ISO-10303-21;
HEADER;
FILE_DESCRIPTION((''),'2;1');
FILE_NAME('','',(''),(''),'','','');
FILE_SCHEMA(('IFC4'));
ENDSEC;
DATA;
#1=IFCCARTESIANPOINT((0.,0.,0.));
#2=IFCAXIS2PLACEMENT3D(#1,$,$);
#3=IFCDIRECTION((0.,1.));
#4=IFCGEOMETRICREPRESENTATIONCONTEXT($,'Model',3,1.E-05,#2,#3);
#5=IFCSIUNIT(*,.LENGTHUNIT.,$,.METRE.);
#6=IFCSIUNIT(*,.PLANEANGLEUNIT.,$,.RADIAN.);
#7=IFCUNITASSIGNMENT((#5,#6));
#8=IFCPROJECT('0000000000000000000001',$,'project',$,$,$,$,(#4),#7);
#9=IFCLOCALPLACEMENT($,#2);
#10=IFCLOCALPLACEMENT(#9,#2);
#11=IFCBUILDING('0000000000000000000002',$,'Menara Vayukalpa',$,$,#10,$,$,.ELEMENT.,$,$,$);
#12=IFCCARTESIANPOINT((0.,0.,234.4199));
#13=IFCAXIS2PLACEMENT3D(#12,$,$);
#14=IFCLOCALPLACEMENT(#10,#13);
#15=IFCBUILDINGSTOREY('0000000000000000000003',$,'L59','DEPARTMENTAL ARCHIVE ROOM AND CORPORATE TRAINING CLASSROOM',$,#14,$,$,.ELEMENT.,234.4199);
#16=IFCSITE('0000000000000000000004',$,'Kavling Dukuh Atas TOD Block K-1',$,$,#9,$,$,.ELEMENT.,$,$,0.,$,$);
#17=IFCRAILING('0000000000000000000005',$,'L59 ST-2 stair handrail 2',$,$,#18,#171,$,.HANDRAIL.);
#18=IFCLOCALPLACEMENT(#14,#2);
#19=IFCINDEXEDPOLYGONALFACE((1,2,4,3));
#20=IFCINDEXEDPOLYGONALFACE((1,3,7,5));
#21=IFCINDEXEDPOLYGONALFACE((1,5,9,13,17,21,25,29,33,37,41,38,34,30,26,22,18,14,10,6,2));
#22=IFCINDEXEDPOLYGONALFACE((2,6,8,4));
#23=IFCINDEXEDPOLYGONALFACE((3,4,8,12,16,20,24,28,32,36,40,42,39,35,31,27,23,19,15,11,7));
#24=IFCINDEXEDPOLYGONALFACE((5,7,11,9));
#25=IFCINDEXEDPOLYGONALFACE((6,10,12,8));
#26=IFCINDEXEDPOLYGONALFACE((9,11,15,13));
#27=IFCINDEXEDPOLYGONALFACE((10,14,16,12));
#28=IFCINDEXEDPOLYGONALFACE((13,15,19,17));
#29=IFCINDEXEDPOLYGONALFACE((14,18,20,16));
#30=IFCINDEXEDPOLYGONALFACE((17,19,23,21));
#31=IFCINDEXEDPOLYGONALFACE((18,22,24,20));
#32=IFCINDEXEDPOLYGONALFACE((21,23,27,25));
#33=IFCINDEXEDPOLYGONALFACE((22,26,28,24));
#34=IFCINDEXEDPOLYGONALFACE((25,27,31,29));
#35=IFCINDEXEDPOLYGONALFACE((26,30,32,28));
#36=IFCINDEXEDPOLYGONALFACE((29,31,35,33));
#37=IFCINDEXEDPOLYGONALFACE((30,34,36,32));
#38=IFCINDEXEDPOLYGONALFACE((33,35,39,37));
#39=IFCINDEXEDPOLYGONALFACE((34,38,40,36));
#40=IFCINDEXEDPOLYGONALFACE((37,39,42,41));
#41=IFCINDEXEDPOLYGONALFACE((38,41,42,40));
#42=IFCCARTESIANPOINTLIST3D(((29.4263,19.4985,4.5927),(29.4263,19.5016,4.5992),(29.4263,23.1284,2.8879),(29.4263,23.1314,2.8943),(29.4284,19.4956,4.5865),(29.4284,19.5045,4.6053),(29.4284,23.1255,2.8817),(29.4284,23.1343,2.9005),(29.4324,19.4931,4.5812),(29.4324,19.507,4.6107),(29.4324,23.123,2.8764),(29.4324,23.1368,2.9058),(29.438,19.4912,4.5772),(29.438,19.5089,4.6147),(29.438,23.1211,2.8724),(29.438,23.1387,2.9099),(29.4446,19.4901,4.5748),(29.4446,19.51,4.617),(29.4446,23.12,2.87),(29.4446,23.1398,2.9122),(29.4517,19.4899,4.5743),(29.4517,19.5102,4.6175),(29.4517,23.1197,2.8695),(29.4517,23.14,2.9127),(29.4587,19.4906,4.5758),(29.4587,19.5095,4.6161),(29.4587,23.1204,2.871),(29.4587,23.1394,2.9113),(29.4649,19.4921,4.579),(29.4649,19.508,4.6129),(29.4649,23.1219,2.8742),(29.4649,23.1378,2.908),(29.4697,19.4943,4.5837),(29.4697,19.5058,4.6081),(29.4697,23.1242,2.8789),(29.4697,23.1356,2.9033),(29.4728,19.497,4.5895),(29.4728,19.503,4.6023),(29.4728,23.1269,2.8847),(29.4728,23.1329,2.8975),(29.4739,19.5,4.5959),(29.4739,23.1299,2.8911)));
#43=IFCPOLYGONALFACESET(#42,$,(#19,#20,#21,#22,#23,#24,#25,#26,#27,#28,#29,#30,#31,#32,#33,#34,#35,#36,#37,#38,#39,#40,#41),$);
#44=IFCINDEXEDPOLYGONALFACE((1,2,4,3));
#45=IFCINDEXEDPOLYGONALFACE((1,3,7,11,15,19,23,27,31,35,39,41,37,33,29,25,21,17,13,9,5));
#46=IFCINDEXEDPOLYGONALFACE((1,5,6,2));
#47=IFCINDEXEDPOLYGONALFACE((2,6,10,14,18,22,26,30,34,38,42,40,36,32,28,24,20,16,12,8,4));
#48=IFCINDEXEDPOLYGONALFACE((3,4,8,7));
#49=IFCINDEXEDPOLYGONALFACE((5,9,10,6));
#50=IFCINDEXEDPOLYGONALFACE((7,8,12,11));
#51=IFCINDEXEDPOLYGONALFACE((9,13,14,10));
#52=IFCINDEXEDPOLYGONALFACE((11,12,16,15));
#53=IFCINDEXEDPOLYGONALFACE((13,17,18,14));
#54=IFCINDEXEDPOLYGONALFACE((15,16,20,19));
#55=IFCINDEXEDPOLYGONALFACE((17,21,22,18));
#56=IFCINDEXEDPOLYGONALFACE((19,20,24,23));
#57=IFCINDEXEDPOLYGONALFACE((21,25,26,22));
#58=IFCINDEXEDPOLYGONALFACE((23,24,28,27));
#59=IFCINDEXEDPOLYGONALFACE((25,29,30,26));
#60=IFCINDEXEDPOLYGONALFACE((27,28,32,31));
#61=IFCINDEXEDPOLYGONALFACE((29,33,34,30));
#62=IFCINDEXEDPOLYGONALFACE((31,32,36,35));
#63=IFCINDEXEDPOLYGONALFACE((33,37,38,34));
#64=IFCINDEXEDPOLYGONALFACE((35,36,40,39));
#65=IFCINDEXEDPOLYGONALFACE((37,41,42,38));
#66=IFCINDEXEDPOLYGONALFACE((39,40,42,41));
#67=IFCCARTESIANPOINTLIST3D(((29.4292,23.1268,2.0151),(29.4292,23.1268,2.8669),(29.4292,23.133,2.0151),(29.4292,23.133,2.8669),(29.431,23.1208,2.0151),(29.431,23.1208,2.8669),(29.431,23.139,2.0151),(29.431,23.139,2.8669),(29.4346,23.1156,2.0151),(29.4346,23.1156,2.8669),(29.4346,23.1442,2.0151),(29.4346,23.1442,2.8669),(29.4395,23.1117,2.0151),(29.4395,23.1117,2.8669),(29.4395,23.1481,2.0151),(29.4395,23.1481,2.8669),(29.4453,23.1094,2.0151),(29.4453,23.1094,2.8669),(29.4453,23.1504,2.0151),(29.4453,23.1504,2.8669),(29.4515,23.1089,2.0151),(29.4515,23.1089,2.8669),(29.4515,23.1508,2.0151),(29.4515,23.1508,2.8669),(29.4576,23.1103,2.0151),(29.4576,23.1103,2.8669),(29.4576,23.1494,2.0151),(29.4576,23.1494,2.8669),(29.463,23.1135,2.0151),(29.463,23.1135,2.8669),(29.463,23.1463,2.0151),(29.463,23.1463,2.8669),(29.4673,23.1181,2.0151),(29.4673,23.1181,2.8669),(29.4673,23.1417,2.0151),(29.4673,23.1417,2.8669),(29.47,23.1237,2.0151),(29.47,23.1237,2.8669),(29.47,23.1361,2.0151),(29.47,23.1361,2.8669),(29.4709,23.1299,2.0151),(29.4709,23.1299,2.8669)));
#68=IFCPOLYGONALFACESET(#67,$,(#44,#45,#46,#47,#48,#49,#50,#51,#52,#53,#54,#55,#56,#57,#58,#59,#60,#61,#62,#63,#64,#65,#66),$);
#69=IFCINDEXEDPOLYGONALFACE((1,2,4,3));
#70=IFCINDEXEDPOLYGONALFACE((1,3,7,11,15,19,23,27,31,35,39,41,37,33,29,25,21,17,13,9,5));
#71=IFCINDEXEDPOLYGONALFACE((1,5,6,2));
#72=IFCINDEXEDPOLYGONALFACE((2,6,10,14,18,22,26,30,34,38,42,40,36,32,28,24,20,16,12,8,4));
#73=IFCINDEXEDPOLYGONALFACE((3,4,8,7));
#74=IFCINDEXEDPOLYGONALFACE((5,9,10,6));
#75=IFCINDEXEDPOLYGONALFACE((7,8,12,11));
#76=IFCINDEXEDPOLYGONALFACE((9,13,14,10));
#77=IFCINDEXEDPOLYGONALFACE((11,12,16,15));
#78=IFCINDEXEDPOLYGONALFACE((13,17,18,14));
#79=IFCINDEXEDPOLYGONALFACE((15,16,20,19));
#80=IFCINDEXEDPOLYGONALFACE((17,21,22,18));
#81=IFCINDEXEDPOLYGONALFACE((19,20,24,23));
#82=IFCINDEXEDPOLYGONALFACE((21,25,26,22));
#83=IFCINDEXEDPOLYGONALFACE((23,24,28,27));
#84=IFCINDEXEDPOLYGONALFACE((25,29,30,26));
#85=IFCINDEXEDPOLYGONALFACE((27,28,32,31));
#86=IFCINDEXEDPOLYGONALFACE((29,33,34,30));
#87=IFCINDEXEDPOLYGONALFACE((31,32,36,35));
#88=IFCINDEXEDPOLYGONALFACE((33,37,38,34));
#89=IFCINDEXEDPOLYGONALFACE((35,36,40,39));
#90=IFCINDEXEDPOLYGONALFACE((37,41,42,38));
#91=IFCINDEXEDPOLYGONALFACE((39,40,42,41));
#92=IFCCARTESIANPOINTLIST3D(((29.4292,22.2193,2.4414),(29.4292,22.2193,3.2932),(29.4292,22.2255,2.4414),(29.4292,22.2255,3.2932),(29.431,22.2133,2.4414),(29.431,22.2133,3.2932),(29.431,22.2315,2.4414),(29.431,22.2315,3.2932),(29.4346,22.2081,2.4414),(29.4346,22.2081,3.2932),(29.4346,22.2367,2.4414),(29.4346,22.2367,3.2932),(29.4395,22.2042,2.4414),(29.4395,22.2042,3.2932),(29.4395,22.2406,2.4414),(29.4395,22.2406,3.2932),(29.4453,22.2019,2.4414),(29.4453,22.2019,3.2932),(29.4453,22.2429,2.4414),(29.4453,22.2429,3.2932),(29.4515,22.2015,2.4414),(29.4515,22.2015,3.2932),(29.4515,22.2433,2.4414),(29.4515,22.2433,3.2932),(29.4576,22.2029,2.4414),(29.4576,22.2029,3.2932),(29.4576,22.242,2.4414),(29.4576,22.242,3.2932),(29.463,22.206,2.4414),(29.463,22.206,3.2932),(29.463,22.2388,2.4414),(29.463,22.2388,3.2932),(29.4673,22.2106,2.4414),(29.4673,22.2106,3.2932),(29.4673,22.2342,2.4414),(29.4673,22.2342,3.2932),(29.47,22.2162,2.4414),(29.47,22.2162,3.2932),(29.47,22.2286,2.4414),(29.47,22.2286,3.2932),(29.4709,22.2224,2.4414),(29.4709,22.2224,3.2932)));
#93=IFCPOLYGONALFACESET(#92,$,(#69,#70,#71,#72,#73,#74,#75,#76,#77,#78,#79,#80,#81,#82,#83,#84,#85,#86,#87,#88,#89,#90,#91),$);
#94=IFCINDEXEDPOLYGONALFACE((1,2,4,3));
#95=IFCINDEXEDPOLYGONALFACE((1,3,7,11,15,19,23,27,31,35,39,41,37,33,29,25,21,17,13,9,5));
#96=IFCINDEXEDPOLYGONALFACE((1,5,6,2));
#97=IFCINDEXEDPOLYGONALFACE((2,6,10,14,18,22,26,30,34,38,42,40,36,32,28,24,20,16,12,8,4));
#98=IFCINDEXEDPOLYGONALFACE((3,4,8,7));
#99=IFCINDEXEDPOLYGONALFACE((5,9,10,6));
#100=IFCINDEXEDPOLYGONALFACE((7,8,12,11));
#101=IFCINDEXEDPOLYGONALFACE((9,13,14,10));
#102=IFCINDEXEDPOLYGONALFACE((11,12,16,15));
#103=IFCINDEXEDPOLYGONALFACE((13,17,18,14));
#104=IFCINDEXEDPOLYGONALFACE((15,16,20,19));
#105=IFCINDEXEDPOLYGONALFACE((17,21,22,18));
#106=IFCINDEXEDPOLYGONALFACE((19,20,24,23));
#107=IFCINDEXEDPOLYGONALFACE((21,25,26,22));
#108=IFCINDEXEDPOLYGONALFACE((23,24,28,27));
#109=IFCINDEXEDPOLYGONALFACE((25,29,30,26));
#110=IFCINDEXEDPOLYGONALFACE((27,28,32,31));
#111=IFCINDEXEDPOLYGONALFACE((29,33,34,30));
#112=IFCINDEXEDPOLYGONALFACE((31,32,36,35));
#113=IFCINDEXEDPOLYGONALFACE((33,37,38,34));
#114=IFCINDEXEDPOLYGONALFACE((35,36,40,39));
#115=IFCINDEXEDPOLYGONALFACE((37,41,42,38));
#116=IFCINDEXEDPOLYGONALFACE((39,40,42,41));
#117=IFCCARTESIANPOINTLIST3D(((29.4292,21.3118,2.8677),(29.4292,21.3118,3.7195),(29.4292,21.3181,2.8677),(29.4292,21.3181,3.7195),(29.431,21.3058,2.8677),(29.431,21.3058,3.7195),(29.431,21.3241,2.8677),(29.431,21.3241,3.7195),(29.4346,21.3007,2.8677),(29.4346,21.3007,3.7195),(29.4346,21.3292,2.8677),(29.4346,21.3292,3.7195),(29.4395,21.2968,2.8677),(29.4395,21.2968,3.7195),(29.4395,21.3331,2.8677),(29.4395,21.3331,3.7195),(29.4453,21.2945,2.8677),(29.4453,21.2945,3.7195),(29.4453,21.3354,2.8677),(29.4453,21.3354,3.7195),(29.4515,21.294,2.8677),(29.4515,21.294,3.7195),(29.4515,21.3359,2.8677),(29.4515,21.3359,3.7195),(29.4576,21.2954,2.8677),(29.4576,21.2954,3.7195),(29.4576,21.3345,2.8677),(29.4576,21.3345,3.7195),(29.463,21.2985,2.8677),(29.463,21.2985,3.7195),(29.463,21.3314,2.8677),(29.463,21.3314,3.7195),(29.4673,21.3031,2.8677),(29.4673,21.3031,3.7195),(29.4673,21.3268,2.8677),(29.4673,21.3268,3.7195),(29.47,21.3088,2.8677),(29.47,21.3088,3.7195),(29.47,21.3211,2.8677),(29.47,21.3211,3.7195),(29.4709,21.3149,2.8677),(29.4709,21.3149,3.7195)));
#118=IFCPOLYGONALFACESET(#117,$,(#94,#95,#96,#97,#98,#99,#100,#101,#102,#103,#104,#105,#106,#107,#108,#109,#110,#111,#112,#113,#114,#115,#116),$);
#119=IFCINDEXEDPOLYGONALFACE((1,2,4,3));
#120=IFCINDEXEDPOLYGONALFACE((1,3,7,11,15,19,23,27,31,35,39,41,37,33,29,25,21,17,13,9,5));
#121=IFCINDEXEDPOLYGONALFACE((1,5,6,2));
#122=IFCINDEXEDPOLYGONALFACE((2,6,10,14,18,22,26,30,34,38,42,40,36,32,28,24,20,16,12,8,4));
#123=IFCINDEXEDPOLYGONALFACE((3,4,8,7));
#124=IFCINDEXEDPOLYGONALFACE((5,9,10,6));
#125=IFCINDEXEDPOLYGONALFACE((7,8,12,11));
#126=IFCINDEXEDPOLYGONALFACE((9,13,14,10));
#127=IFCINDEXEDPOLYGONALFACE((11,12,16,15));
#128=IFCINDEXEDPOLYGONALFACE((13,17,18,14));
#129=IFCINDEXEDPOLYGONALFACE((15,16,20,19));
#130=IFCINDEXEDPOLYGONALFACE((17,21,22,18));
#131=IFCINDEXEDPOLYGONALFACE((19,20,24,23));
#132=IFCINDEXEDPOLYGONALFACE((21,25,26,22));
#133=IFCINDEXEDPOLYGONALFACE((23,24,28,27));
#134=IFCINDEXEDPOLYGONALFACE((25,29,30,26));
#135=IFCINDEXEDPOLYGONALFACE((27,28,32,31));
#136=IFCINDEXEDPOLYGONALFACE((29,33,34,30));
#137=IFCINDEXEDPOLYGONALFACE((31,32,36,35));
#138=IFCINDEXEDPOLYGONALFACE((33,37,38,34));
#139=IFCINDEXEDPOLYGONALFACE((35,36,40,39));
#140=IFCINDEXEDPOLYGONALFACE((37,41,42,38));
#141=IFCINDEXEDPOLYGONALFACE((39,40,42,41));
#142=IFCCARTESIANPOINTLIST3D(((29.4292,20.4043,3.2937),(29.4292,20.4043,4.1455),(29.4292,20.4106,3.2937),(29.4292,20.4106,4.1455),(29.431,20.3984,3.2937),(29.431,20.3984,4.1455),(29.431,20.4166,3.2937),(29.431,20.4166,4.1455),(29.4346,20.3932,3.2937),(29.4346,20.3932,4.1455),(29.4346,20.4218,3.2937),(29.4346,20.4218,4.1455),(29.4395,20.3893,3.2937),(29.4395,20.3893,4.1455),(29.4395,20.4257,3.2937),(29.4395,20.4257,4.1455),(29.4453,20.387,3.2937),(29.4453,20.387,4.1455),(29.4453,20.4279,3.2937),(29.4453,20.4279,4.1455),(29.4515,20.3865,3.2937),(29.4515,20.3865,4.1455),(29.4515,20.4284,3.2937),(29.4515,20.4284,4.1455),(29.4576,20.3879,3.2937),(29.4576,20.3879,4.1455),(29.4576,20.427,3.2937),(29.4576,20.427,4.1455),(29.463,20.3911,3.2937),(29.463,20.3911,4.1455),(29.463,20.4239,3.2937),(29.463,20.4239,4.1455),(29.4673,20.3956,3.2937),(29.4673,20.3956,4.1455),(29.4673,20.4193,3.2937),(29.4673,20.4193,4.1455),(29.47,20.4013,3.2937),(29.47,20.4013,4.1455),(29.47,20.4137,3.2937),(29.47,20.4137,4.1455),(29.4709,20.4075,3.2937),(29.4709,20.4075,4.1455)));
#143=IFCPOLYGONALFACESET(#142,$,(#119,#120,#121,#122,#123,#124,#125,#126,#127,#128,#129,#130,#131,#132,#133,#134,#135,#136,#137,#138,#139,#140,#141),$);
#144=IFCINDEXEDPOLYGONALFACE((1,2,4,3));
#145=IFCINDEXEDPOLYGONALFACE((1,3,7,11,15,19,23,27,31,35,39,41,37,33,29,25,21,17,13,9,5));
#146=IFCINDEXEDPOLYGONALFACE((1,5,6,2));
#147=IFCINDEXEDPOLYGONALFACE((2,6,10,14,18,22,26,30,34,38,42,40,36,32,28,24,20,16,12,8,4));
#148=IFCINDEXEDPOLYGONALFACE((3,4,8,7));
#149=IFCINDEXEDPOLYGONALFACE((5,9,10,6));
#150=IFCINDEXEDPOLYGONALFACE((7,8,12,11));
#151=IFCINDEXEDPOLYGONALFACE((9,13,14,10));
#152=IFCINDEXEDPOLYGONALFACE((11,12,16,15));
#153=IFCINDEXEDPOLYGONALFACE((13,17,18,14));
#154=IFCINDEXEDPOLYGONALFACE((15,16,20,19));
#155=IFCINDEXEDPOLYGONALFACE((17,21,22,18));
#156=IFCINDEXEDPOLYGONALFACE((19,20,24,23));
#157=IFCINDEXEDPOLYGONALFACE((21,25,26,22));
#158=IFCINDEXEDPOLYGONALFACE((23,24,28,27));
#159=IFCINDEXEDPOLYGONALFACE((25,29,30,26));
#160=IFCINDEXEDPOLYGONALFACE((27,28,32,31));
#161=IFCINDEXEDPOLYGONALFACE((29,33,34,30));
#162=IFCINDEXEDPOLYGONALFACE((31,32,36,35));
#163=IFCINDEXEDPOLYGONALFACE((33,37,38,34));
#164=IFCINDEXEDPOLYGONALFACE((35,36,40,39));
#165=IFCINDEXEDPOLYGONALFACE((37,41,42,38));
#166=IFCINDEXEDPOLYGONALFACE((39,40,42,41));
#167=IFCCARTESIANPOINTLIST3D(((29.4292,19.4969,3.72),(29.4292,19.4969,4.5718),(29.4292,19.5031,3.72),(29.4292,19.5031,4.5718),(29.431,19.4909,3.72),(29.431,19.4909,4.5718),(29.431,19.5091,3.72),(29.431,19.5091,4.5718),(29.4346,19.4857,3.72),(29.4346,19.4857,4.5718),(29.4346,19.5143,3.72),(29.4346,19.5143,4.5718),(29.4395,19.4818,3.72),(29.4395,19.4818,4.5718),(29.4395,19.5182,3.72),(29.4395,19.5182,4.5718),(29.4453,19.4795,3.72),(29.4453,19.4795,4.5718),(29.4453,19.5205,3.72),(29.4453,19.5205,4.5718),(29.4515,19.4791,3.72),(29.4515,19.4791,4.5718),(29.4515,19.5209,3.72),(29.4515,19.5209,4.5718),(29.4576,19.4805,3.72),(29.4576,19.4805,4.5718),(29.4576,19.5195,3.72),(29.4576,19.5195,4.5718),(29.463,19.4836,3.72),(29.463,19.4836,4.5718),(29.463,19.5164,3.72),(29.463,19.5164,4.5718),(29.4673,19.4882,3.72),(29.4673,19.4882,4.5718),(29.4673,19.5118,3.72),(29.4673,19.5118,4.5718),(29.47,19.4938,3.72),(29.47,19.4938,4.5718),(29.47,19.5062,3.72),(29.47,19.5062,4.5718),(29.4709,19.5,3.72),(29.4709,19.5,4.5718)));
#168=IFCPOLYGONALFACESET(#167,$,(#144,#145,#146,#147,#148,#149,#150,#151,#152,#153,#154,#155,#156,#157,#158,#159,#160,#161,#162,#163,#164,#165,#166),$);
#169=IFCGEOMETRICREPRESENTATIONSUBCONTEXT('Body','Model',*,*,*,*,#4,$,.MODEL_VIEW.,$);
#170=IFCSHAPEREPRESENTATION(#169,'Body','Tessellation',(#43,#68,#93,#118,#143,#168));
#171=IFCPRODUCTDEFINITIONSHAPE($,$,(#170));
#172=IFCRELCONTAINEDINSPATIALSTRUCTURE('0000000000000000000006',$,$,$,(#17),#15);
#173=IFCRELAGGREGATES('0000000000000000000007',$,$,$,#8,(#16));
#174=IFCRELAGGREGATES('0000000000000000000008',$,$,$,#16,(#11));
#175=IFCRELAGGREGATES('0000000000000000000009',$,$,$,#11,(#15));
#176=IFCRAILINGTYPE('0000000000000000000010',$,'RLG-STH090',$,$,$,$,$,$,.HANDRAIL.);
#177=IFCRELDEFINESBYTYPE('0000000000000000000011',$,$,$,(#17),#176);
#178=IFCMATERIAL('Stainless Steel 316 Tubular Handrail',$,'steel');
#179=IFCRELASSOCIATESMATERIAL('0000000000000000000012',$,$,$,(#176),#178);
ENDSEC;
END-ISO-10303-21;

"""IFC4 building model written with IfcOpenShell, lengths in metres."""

from ifc_helpers import new_model, si_unit, direction, frame, origin, origin_2d, place, context, subcontext, project, spatial, circle, extrude, material, type_object, element, save


model = new_model("IFC4")

# Units and contexts
model_context = context("Model", 3, precision=1e-05, world=origin(), true_north=direction((0.0, 1.0)))
body_context = subcontext(model_context, "Body", "Model", "MODEL_VIEW")
ifc_project = project(units=[si_unit("LENGTHUNIT", "METRE"), si_unit("PLANEANGLEUNIT", "RADIAN")], contexts=[model_context])

# Site, building, storey
site_placement = place(None, origin())
site = spatial("IfcSite", under=ifc_project, at=site_placement, Name="Kavling Dukuh Atas TOD Block K-1", CompositionType="ELEMENT", RefElevation=0.0)
building_placement = place(site_placement, origin())
building = spatial("IfcBuilding", under=site, at=building_placement, Name="Menara Vayukalpa", CompositionType="ELEMENT")
storey_placement = place(building_placement, frame((0.0, 0.0, 234.4199)))
storey = spatial("IfcBuildingStorey", under=building, at=storey_placement, Name="L59", Description="DEPARTMENTAL ARCHIVE ROOM AND CORPORATE TRAINING CLASSROOM", CompositionType="ELEMENT", Elevation=234.4199)

# Railing
ifc_material_1 = material(Name="Stainless Steel 316 Tubular Handrail", Category="steel")
railing_type_1 = type_object("IfcRailingType", Name="RLG-STH090", PredefinedType="HANDRAIL", material=ifc_material_1)
railing_1_placement = place(storey_placement, frame((29.45, 23.1299, 2.0151)))
element("IfcRailing", 1, at=railing_1_placement, inside=storey, type_object=railing_type_1, Name="L59 ST-2 stair handrail 2", PredefinedType="HANDRAIL", context=body_context, shape_type="SweptSolid", body=[
    extrude(circle(Radius=0.0239, at=origin_2d()), frame((0.0, 0.0, 0.876), z_axis=(0.0, -0.90514, 0.425114), x_axis=(1.0, 0.0, 0.0)), (0.0, 0.0, 1.0), 4.0103),
    extrude(circle(Radius=0.021, at=origin_2d()), origin(), (0.0, 0.0, 1.0), 0.8518),
    extrude(circle(Radius=0.021, at=origin_2d()), frame((0.0, -0.9075, 0.4263)), (0.0, 0.0, 1.0), 0.8518),
    extrude(circle(Radius=0.021, at=origin_2d()), frame((0.0, -1.8149, 0.8525)), (0.0, 0.0, 1.0), 0.8518),
    extrude(circle(Radius=0.021, at=origin_2d()), frame((0.0, -2.7224, 1.2786)), (0.0, 0.0, 1.0), 0.8518),
    extrude(circle(Radius=0.021, at=origin_2d()), frame((0.0, -3.6299, 1.7048)), (0.0, 0.0, 1.0), 0.8518),
])

save(model, "model.ifc")
